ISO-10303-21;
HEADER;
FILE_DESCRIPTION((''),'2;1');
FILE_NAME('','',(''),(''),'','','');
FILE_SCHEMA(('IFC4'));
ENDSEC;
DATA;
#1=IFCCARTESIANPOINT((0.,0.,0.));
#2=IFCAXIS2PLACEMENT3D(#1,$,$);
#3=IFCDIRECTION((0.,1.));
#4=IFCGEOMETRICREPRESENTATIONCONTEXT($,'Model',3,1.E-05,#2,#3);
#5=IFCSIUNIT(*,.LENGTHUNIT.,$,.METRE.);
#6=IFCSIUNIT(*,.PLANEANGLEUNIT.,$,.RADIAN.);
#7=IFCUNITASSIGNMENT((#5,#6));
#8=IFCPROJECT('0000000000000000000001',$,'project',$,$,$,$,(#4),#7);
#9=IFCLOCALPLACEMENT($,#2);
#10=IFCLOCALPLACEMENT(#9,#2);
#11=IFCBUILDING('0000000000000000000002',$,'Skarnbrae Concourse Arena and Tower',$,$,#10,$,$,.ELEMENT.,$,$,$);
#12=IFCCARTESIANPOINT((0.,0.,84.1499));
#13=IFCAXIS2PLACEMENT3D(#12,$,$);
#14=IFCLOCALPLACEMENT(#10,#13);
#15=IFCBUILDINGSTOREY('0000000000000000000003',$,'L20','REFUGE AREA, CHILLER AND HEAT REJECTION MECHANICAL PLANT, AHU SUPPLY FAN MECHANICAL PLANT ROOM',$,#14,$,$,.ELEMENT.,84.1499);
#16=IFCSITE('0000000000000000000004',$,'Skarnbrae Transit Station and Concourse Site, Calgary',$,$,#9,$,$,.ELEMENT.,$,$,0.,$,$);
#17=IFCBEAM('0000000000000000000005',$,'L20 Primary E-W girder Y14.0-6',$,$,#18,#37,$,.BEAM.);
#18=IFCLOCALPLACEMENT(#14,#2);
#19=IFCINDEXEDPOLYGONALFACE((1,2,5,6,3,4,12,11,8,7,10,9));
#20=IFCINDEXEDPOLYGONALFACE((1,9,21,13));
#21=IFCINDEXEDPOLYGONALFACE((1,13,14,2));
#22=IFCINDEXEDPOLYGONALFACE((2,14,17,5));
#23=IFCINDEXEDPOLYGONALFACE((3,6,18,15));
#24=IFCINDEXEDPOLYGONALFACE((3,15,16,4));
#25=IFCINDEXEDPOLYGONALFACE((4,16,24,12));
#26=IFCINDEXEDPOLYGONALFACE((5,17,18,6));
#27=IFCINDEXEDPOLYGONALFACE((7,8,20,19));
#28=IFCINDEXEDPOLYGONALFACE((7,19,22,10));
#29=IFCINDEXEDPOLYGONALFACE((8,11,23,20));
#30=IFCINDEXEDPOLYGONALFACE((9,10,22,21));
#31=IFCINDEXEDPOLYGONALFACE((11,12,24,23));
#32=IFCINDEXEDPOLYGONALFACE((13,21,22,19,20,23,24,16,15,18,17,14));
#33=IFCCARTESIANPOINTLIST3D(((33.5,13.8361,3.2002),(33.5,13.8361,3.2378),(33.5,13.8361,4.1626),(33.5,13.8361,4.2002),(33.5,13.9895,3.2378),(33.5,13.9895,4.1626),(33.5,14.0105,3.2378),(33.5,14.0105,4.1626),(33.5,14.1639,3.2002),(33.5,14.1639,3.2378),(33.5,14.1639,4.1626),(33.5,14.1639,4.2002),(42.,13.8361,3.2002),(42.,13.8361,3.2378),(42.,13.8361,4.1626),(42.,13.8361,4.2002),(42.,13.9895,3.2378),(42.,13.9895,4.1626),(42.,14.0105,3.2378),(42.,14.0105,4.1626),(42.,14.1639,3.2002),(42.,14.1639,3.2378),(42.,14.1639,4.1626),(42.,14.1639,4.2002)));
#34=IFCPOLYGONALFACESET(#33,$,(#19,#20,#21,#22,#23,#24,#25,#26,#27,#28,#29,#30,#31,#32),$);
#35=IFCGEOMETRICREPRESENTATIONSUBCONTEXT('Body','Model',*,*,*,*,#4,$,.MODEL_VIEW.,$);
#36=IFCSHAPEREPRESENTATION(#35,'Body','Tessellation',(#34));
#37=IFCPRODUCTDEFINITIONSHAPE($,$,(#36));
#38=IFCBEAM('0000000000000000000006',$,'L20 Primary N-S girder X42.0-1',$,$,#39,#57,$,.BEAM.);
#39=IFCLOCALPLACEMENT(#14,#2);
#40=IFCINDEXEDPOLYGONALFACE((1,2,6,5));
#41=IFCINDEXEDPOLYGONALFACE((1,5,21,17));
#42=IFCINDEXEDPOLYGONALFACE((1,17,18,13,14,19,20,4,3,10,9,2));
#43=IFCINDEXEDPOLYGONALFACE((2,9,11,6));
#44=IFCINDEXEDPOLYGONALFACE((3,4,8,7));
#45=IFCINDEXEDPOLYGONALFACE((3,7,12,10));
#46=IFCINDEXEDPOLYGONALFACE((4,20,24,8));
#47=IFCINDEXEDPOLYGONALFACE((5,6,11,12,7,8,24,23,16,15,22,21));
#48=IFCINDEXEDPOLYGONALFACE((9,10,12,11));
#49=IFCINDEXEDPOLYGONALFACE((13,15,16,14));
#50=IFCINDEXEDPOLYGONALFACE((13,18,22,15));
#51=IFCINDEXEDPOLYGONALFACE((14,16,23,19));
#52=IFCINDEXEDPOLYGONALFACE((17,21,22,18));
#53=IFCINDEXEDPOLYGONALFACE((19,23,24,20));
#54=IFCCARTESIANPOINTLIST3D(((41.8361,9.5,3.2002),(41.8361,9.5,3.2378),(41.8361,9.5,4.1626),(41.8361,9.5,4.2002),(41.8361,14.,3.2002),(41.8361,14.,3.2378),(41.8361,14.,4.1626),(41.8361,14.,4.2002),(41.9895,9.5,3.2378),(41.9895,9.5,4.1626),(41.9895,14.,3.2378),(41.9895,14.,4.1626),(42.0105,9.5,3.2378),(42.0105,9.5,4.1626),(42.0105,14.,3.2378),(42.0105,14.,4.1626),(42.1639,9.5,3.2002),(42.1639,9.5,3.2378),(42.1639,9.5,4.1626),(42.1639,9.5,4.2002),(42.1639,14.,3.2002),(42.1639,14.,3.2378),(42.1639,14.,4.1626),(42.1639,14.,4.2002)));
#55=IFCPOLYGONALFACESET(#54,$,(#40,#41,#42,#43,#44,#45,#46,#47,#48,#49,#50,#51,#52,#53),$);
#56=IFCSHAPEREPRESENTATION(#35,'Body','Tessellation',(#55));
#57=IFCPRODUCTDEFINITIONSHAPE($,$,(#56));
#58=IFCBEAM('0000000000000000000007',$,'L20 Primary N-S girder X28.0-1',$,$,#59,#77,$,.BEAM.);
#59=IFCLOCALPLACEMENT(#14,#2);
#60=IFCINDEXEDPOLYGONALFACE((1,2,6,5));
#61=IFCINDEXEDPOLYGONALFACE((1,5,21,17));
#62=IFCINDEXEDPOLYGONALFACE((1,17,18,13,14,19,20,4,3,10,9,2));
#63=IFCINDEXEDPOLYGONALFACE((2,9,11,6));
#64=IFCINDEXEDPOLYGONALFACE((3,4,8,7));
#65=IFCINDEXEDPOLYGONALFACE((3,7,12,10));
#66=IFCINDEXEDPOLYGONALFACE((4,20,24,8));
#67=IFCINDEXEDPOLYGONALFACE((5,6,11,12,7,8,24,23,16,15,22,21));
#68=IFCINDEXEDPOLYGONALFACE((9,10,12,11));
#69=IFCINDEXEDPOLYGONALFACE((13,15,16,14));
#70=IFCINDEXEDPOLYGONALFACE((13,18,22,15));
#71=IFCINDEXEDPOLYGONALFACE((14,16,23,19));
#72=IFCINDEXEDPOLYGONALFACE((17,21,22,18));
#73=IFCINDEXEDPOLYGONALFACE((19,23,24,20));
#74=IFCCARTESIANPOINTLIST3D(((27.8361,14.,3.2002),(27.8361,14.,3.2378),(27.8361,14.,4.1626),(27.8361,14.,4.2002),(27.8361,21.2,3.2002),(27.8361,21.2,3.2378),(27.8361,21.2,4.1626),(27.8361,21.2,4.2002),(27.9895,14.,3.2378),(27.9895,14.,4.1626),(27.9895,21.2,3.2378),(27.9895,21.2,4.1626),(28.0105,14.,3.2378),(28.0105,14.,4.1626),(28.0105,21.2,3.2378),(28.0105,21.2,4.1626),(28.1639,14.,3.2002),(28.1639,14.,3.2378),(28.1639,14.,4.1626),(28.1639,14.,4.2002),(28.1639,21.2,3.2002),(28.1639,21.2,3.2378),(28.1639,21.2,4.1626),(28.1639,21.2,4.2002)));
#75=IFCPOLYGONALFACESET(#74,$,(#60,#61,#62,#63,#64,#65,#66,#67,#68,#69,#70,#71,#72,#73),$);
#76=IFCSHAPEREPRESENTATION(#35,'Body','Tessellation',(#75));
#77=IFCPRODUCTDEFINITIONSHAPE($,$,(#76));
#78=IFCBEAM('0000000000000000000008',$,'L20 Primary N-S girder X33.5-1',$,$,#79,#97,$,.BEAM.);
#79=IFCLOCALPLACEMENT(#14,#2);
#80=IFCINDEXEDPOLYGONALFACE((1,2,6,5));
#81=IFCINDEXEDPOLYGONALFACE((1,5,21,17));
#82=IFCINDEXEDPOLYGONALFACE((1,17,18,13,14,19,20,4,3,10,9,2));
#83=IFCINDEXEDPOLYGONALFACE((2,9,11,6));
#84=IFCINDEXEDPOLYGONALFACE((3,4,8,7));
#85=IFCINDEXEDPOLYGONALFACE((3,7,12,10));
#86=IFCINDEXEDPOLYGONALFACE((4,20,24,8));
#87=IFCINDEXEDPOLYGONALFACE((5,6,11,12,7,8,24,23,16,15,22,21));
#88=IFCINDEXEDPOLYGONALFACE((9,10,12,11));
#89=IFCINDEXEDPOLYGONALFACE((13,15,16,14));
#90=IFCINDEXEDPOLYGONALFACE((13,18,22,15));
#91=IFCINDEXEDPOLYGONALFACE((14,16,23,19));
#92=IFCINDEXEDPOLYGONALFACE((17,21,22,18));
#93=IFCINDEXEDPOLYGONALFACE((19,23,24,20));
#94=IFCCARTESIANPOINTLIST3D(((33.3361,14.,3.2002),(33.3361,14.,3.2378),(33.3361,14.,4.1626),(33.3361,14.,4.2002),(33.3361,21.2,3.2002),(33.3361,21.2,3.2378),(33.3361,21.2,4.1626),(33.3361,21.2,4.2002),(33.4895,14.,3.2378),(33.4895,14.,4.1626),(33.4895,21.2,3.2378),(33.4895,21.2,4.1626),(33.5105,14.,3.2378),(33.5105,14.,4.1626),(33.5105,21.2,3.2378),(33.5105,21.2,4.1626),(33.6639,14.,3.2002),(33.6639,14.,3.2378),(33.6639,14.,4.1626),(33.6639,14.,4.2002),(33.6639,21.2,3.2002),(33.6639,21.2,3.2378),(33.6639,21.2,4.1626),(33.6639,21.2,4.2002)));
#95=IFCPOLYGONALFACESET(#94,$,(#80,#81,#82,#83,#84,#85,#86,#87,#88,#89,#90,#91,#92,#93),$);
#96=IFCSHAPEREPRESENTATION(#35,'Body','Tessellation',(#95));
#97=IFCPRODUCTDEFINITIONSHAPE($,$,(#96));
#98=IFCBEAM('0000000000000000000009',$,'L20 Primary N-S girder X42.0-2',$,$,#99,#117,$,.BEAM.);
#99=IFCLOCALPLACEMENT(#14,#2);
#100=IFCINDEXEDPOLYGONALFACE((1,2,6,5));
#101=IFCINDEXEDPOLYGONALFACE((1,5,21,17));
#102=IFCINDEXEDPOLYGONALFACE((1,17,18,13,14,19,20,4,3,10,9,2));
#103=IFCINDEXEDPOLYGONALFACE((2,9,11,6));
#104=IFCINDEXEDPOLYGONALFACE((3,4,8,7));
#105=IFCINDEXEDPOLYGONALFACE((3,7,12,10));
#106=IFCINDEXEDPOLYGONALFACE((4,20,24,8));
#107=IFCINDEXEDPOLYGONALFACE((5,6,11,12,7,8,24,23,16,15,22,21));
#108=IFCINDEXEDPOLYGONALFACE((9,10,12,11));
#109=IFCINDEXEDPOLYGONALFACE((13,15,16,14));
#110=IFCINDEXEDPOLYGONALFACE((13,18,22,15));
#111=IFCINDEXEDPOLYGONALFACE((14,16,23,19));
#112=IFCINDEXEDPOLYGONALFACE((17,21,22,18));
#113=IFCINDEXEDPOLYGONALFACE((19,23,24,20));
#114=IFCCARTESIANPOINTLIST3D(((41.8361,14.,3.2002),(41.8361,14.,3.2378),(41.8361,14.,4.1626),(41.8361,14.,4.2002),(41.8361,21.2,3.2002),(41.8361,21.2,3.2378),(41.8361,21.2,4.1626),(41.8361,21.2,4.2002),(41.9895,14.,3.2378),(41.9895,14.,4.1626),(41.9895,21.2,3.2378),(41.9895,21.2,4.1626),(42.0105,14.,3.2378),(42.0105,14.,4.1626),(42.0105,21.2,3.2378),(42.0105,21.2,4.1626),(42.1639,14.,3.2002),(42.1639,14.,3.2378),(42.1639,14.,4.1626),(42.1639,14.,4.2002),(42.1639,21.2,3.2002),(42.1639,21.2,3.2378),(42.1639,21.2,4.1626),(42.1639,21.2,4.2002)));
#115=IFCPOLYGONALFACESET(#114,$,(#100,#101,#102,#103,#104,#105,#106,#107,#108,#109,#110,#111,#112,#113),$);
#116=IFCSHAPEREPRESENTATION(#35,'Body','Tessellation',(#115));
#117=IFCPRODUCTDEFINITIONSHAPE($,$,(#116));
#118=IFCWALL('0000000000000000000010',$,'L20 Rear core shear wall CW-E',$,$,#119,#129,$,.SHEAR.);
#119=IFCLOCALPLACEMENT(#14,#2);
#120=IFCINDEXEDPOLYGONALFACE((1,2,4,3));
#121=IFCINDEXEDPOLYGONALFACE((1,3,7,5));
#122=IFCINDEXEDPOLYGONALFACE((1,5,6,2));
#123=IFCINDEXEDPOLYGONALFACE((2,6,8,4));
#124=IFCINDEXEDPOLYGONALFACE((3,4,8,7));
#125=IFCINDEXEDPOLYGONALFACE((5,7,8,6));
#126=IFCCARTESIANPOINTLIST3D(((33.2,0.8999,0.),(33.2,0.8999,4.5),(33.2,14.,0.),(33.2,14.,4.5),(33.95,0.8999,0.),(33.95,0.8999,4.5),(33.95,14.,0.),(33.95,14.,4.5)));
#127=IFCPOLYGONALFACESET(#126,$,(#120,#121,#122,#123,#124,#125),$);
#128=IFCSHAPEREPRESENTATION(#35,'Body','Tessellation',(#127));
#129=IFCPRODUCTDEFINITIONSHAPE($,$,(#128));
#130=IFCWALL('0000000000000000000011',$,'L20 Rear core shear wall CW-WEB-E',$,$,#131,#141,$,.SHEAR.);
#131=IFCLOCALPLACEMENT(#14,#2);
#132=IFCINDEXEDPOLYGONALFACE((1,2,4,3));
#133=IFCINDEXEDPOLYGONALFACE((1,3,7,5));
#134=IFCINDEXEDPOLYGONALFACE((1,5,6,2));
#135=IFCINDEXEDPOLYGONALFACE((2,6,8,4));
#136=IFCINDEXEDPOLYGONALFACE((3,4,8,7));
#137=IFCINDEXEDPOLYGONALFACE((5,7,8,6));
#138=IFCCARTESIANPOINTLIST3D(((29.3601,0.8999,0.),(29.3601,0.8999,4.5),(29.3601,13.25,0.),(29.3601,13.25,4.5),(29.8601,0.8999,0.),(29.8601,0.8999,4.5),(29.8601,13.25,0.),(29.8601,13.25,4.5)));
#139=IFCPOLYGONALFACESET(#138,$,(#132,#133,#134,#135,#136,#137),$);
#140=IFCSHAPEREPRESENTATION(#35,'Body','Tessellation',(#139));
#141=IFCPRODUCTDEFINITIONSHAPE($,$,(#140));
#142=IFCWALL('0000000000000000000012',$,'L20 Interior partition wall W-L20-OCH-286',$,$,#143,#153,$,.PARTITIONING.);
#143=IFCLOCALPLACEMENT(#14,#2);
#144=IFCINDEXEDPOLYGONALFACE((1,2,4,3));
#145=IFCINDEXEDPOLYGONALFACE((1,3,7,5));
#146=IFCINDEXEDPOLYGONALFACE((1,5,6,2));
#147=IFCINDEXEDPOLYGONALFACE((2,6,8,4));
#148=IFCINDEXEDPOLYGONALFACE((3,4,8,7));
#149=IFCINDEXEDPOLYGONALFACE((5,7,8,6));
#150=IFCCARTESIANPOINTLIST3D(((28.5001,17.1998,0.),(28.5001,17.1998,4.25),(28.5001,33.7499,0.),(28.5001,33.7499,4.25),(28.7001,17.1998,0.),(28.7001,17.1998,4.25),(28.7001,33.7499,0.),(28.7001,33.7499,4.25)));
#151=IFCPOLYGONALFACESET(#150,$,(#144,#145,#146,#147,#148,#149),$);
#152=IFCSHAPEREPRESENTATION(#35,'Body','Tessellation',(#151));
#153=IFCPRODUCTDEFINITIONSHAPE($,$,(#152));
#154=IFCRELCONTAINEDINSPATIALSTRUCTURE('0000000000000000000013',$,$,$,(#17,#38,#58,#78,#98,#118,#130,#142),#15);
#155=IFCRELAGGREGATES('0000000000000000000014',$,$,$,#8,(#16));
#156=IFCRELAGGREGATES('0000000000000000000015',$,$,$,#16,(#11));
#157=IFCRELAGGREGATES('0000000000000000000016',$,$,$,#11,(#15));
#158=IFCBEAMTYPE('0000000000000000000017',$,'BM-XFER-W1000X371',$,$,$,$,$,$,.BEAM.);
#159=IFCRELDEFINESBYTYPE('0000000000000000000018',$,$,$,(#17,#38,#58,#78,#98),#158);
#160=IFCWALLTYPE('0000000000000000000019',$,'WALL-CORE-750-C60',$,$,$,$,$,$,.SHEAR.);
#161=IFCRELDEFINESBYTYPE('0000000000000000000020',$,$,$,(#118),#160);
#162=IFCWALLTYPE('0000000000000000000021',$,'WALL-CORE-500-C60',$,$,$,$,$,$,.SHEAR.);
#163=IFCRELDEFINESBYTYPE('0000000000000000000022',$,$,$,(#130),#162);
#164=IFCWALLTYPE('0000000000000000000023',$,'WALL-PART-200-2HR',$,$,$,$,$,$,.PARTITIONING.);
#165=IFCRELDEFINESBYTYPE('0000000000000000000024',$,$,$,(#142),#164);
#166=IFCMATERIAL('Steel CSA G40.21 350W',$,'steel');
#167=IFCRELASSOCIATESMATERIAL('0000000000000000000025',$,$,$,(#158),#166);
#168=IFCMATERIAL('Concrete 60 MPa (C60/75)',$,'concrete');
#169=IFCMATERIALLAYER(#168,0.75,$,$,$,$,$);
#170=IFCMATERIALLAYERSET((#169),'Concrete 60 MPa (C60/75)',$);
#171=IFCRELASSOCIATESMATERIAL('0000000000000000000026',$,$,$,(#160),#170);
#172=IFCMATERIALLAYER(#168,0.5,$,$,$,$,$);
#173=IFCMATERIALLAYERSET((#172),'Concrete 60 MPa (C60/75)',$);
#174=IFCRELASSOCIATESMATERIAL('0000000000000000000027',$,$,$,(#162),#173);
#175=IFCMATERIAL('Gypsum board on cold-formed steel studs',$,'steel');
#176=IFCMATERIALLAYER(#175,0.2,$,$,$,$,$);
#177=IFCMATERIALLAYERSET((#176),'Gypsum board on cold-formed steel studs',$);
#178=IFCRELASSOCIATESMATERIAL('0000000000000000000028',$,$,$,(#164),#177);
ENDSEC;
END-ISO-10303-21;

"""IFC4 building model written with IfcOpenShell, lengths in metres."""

from ifc_helpers import new_model, si_unit, direction, frame, frame_2d, origin, origin_2d, place, context, subcontext, project, spatial, rectangle, i_section, extrude, source, transform, mapped, material, layer, layer_set, material_profile, profile_set, type_object, element, save


model = new_model("IFC4")

# Units and contexts
model_context = context("Model", 3, precision=1e-05, world=origin(), true_north=direction((0.0, 1.0)))
body_context = subcontext(model_context, "Body", "Model", "MODEL_VIEW")
ifc_project = project(units=[si_unit("LENGTHUNIT", "METRE"), si_unit("PLANEANGLEUNIT", "RADIAN")], contexts=[model_context])

# Site, building, storey
site_placement = place(None, origin())
site = spatial("IfcSite", under=ifc_project, at=site_placement, Name="Skarnbrae Transit Station and Concourse Site, Calgary", CompositionType="ELEMENT", RefElevation=0.0)
building_placement = place(site_placement, origin())
building = spatial("IfcBuilding", under=site, at=building_placement, Name="Skarnbrae Concourse Arena and Tower", CompositionType="ELEMENT")
storey_placement = place(building_placement, frame((0.0, 0.0, 84.1499)))
storey = spatial("IfcBuildingStorey", under=building, at=storey_placement, Name="L20", Description="REFUGE AREA, CHILLER AND HEAT REJECTION MECHANICAL PLANT, AHU SUPPLY FAN MECHANICAL PLANT ROOM", CompositionType="ELEMENT", Elevation=84.1499)

# Shared definitions
ifc_material_1 = material(Name="Steel CSA G40.21 350W", Category="steel")

# Beams
ifc_material_profile_1 = material_profile(ifc_material_1, i_section(OverallWidth=0.3279, OverallDepth=1.0, WebThickness=0.021, FlangeThickness=0.0376, at=origin_2d()), Name="W1000X371")
ifc_profile_set_1 = profile_set([ifc_material_profile_1], Name="Steel CSA G40.21 350W")
beam_type_1 = type_object("IfcBeamType", Name="BM-XFER-W1000X371", PredefinedType="BEAM", material=ifc_profile_set_1)
shared_shape_1 = source(origin(), body_context, "Body", "SweptSolid", [
    extrude(i_section(OverallWidth=0.3279, OverallDepth=1.0, WebThickness=0.021, FlangeThickness=0.0376, at=origin_2d()), origin(), (0.0, 0.0, 1.0), 8.5),
])
beam_1_placement = place(storey_placement, frame((33.5, 14.0, 3.7002), z_axis=(1.0, 0.0, 0.0), x_axis=(0.0, 1.0, 0.0)))
element("IfcBeam", 1, at=beam_1_placement, inside=storey, type_object=beam_type_1, Name="L20 Primary E-W girder Y14.0-6", PredefinedType="BEAM", context=body_context, shape_type="MappedRepresentation", body=[
    mapped(shared_shape_1, transform((0.0, 0.0, 0.0))),
])
shared_shape_2 = source(origin(), body_context, "Body", "SweptSolid", [
    extrude(i_section(OverallWidth=0.3279, OverallDepth=1.0, WebThickness=0.021, FlangeThickness=0.0376, at=origin_2d()), origin(), (0.0, 0.0, 1.0), 4.5),
])
beam_2_placement = place(storey_placement, frame((42.0, 9.5, 3.7002), z_axis=(0.0, 1.0, 0.0), x_axis=(-1.0, 0.0, 0.0)))
element("IfcBeam", 2, at=beam_2_placement, inside=storey, type_object=beam_type_1, Name="L20 Primary N-S girder X42.0-1", PredefinedType="BEAM", context=body_context, shape_type="MappedRepresentation", body=[
    mapped(shared_shape_2, transform((0.0, 0.0, 0.0))),
])
shared_shape_3 = source(origin(), body_context, "Body", "SweptSolid", [
    extrude(i_section(OverallWidth=0.3279, OverallDepth=1.0, WebThickness=0.021, FlangeThickness=0.0376, at=origin_2d()), origin(), (0.0, 0.0, 1.0), 7.2),
])
for number, where, z_axis, x_axis, name in (
    (3, (28.0, 14.0, 3.7002), (0.0, 1.0, 0.0), (-1.0, 0.0, 0.0), "L20 Primary N-S girder X28.0-1"),
    (4, (33.5, 14.0, 3.7002), (0.0, 1.0, 0.0), (-1.0, 0.0, 0.0), "L20 Primary N-S girder X33.5-1"),
    (5, (42.0, 14.0, 3.7002), (0.0, 1.0, 0.0), (-1.0, 0.0, 0.0), "L20 Primary N-S girder X42.0-2"),
):
    element("IfcBeam", number, at=place(storey_placement, frame(where, z_axis=z_axis, x_axis=x_axis)), inside=storey, type_object=beam_type_1, Name=name, PredefinedType="BEAM", context=body_context, shape_type="MappedRepresentation", body=[
        mapped(shared_shape_3, transform((0.0, 0.0, 0.0))),
    ])

# Walls
ifc_material_2 = material(Name="Concrete 60 MPa (C60/75)", Category="concrete")
ifc_layer_1 = layer(ifc_material_2, 0.75)
ifc_layer_set_1 = layer_set([ifc_layer_1], Name="Concrete 60 MPa (C60/75)")
wall_type_1 = type_object("IfcWallType", Name="WALL-CORE-750-C60", PredefinedType="SHEAR", material=ifc_layer_set_1)
shared_shape_4 = source(origin(), body_context, "Body", "SweptSolid", [
    extrude(rectangle(XDim=13.1001, YDim=0.75, at=frame_2d((6.55, 0.0))), origin(), (0.0, 0.0, 1.0), 4.5),
])
wall_1_placement = place(storey_placement, frame((33.575, 0.8999, 0.0), z_axis=(0.0, 0.0, 1.0), x_axis=(0.0, 1.0, 0.0)))
element("IfcWall", 6, at=wall_1_placement, inside=storey, type_object=wall_type_1, Name="L20 Rear core shear wall CW-E", PredefinedType="SHEAR", context=body_context, shape_type="MappedRepresentation", body=[
    mapped(shared_shape_4, transform((0.0, 0.0, 0.0))),
])
ifc_layer_2 = layer(ifc_material_2, 0.5)
ifc_layer_set_2 = layer_set([ifc_layer_2], Name="Concrete 60 MPa (C60/75)")
wall_type_2 = type_object("IfcWallType", Name="WALL-CORE-500-C60", PredefinedType="SHEAR", material=ifc_layer_set_2)
shared_shape_5 = source(origin(), body_context, "Body", "SweptSolid", [
    extrude(rectangle(XDim=12.3501, YDim=0.5, at=frame_2d((6.175, 0.0))), origin(), (0.0, 0.0, 1.0), 4.5),
])
wall_2_placement = place(storey_placement, frame((29.6101, 0.8999, 0.0), z_axis=(0.0, 0.0, 1.0), x_axis=(0.0, 1.0, 0.0)))
element("IfcWall", 7, at=wall_2_placement, inside=storey, type_object=wall_type_2, Name="L20 Rear core shear wall CW-WEB-E", PredefinedType="SHEAR", context=body_context, shape_type="MappedRepresentation", body=[
    mapped(shared_shape_5, transform((0.0, 0.0, 0.0))),
])

# Wall
ifc_material_3 = material(Name="Gypsum board on cold-formed steel studs", Category="steel")
ifc_layer_3 = layer(ifc_material_3, 0.2)
ifc_layer_set_3 = layer_set([ifc_layer_3], Name="Gypsum board on cold-formed steel studs")
wall_type_3 = type_object("IfcWallType", Name="WALL-PART-200-2HR", PredefinedType="PARTITIONING", material=ifc_layer_set_3)
shared_shape_6 = source(origin(), body_context, "Body", "SweptSolid", [
    extrude(rectangle(XDim=16.55, YDim=0.2, at=frame_2d((8.2749, 0.0))), origin(), (0.0, 0.0, 1.0), 4.25),
])
wall_3_placement = place(storey_placement, frame((28.6001, 17.2, 0.0), z_axis=(0.0, 0.0, 1.0), x_axis=(0.0, 1.0, 0.0)))
element("IfcWall", 8, at=wall_3_placement, inside=storey, type_object=wall_type_3, Name="L20 Interior partition wall W-L20-OCH-286", PredefinedType="PARTITIONING", context=body_context, shape_type="MappedRepresentation", body=[
    mapped(shared_shape_6, transform((0.0, 0.0, 0.0))),
])

save(model, "model.ifc")
